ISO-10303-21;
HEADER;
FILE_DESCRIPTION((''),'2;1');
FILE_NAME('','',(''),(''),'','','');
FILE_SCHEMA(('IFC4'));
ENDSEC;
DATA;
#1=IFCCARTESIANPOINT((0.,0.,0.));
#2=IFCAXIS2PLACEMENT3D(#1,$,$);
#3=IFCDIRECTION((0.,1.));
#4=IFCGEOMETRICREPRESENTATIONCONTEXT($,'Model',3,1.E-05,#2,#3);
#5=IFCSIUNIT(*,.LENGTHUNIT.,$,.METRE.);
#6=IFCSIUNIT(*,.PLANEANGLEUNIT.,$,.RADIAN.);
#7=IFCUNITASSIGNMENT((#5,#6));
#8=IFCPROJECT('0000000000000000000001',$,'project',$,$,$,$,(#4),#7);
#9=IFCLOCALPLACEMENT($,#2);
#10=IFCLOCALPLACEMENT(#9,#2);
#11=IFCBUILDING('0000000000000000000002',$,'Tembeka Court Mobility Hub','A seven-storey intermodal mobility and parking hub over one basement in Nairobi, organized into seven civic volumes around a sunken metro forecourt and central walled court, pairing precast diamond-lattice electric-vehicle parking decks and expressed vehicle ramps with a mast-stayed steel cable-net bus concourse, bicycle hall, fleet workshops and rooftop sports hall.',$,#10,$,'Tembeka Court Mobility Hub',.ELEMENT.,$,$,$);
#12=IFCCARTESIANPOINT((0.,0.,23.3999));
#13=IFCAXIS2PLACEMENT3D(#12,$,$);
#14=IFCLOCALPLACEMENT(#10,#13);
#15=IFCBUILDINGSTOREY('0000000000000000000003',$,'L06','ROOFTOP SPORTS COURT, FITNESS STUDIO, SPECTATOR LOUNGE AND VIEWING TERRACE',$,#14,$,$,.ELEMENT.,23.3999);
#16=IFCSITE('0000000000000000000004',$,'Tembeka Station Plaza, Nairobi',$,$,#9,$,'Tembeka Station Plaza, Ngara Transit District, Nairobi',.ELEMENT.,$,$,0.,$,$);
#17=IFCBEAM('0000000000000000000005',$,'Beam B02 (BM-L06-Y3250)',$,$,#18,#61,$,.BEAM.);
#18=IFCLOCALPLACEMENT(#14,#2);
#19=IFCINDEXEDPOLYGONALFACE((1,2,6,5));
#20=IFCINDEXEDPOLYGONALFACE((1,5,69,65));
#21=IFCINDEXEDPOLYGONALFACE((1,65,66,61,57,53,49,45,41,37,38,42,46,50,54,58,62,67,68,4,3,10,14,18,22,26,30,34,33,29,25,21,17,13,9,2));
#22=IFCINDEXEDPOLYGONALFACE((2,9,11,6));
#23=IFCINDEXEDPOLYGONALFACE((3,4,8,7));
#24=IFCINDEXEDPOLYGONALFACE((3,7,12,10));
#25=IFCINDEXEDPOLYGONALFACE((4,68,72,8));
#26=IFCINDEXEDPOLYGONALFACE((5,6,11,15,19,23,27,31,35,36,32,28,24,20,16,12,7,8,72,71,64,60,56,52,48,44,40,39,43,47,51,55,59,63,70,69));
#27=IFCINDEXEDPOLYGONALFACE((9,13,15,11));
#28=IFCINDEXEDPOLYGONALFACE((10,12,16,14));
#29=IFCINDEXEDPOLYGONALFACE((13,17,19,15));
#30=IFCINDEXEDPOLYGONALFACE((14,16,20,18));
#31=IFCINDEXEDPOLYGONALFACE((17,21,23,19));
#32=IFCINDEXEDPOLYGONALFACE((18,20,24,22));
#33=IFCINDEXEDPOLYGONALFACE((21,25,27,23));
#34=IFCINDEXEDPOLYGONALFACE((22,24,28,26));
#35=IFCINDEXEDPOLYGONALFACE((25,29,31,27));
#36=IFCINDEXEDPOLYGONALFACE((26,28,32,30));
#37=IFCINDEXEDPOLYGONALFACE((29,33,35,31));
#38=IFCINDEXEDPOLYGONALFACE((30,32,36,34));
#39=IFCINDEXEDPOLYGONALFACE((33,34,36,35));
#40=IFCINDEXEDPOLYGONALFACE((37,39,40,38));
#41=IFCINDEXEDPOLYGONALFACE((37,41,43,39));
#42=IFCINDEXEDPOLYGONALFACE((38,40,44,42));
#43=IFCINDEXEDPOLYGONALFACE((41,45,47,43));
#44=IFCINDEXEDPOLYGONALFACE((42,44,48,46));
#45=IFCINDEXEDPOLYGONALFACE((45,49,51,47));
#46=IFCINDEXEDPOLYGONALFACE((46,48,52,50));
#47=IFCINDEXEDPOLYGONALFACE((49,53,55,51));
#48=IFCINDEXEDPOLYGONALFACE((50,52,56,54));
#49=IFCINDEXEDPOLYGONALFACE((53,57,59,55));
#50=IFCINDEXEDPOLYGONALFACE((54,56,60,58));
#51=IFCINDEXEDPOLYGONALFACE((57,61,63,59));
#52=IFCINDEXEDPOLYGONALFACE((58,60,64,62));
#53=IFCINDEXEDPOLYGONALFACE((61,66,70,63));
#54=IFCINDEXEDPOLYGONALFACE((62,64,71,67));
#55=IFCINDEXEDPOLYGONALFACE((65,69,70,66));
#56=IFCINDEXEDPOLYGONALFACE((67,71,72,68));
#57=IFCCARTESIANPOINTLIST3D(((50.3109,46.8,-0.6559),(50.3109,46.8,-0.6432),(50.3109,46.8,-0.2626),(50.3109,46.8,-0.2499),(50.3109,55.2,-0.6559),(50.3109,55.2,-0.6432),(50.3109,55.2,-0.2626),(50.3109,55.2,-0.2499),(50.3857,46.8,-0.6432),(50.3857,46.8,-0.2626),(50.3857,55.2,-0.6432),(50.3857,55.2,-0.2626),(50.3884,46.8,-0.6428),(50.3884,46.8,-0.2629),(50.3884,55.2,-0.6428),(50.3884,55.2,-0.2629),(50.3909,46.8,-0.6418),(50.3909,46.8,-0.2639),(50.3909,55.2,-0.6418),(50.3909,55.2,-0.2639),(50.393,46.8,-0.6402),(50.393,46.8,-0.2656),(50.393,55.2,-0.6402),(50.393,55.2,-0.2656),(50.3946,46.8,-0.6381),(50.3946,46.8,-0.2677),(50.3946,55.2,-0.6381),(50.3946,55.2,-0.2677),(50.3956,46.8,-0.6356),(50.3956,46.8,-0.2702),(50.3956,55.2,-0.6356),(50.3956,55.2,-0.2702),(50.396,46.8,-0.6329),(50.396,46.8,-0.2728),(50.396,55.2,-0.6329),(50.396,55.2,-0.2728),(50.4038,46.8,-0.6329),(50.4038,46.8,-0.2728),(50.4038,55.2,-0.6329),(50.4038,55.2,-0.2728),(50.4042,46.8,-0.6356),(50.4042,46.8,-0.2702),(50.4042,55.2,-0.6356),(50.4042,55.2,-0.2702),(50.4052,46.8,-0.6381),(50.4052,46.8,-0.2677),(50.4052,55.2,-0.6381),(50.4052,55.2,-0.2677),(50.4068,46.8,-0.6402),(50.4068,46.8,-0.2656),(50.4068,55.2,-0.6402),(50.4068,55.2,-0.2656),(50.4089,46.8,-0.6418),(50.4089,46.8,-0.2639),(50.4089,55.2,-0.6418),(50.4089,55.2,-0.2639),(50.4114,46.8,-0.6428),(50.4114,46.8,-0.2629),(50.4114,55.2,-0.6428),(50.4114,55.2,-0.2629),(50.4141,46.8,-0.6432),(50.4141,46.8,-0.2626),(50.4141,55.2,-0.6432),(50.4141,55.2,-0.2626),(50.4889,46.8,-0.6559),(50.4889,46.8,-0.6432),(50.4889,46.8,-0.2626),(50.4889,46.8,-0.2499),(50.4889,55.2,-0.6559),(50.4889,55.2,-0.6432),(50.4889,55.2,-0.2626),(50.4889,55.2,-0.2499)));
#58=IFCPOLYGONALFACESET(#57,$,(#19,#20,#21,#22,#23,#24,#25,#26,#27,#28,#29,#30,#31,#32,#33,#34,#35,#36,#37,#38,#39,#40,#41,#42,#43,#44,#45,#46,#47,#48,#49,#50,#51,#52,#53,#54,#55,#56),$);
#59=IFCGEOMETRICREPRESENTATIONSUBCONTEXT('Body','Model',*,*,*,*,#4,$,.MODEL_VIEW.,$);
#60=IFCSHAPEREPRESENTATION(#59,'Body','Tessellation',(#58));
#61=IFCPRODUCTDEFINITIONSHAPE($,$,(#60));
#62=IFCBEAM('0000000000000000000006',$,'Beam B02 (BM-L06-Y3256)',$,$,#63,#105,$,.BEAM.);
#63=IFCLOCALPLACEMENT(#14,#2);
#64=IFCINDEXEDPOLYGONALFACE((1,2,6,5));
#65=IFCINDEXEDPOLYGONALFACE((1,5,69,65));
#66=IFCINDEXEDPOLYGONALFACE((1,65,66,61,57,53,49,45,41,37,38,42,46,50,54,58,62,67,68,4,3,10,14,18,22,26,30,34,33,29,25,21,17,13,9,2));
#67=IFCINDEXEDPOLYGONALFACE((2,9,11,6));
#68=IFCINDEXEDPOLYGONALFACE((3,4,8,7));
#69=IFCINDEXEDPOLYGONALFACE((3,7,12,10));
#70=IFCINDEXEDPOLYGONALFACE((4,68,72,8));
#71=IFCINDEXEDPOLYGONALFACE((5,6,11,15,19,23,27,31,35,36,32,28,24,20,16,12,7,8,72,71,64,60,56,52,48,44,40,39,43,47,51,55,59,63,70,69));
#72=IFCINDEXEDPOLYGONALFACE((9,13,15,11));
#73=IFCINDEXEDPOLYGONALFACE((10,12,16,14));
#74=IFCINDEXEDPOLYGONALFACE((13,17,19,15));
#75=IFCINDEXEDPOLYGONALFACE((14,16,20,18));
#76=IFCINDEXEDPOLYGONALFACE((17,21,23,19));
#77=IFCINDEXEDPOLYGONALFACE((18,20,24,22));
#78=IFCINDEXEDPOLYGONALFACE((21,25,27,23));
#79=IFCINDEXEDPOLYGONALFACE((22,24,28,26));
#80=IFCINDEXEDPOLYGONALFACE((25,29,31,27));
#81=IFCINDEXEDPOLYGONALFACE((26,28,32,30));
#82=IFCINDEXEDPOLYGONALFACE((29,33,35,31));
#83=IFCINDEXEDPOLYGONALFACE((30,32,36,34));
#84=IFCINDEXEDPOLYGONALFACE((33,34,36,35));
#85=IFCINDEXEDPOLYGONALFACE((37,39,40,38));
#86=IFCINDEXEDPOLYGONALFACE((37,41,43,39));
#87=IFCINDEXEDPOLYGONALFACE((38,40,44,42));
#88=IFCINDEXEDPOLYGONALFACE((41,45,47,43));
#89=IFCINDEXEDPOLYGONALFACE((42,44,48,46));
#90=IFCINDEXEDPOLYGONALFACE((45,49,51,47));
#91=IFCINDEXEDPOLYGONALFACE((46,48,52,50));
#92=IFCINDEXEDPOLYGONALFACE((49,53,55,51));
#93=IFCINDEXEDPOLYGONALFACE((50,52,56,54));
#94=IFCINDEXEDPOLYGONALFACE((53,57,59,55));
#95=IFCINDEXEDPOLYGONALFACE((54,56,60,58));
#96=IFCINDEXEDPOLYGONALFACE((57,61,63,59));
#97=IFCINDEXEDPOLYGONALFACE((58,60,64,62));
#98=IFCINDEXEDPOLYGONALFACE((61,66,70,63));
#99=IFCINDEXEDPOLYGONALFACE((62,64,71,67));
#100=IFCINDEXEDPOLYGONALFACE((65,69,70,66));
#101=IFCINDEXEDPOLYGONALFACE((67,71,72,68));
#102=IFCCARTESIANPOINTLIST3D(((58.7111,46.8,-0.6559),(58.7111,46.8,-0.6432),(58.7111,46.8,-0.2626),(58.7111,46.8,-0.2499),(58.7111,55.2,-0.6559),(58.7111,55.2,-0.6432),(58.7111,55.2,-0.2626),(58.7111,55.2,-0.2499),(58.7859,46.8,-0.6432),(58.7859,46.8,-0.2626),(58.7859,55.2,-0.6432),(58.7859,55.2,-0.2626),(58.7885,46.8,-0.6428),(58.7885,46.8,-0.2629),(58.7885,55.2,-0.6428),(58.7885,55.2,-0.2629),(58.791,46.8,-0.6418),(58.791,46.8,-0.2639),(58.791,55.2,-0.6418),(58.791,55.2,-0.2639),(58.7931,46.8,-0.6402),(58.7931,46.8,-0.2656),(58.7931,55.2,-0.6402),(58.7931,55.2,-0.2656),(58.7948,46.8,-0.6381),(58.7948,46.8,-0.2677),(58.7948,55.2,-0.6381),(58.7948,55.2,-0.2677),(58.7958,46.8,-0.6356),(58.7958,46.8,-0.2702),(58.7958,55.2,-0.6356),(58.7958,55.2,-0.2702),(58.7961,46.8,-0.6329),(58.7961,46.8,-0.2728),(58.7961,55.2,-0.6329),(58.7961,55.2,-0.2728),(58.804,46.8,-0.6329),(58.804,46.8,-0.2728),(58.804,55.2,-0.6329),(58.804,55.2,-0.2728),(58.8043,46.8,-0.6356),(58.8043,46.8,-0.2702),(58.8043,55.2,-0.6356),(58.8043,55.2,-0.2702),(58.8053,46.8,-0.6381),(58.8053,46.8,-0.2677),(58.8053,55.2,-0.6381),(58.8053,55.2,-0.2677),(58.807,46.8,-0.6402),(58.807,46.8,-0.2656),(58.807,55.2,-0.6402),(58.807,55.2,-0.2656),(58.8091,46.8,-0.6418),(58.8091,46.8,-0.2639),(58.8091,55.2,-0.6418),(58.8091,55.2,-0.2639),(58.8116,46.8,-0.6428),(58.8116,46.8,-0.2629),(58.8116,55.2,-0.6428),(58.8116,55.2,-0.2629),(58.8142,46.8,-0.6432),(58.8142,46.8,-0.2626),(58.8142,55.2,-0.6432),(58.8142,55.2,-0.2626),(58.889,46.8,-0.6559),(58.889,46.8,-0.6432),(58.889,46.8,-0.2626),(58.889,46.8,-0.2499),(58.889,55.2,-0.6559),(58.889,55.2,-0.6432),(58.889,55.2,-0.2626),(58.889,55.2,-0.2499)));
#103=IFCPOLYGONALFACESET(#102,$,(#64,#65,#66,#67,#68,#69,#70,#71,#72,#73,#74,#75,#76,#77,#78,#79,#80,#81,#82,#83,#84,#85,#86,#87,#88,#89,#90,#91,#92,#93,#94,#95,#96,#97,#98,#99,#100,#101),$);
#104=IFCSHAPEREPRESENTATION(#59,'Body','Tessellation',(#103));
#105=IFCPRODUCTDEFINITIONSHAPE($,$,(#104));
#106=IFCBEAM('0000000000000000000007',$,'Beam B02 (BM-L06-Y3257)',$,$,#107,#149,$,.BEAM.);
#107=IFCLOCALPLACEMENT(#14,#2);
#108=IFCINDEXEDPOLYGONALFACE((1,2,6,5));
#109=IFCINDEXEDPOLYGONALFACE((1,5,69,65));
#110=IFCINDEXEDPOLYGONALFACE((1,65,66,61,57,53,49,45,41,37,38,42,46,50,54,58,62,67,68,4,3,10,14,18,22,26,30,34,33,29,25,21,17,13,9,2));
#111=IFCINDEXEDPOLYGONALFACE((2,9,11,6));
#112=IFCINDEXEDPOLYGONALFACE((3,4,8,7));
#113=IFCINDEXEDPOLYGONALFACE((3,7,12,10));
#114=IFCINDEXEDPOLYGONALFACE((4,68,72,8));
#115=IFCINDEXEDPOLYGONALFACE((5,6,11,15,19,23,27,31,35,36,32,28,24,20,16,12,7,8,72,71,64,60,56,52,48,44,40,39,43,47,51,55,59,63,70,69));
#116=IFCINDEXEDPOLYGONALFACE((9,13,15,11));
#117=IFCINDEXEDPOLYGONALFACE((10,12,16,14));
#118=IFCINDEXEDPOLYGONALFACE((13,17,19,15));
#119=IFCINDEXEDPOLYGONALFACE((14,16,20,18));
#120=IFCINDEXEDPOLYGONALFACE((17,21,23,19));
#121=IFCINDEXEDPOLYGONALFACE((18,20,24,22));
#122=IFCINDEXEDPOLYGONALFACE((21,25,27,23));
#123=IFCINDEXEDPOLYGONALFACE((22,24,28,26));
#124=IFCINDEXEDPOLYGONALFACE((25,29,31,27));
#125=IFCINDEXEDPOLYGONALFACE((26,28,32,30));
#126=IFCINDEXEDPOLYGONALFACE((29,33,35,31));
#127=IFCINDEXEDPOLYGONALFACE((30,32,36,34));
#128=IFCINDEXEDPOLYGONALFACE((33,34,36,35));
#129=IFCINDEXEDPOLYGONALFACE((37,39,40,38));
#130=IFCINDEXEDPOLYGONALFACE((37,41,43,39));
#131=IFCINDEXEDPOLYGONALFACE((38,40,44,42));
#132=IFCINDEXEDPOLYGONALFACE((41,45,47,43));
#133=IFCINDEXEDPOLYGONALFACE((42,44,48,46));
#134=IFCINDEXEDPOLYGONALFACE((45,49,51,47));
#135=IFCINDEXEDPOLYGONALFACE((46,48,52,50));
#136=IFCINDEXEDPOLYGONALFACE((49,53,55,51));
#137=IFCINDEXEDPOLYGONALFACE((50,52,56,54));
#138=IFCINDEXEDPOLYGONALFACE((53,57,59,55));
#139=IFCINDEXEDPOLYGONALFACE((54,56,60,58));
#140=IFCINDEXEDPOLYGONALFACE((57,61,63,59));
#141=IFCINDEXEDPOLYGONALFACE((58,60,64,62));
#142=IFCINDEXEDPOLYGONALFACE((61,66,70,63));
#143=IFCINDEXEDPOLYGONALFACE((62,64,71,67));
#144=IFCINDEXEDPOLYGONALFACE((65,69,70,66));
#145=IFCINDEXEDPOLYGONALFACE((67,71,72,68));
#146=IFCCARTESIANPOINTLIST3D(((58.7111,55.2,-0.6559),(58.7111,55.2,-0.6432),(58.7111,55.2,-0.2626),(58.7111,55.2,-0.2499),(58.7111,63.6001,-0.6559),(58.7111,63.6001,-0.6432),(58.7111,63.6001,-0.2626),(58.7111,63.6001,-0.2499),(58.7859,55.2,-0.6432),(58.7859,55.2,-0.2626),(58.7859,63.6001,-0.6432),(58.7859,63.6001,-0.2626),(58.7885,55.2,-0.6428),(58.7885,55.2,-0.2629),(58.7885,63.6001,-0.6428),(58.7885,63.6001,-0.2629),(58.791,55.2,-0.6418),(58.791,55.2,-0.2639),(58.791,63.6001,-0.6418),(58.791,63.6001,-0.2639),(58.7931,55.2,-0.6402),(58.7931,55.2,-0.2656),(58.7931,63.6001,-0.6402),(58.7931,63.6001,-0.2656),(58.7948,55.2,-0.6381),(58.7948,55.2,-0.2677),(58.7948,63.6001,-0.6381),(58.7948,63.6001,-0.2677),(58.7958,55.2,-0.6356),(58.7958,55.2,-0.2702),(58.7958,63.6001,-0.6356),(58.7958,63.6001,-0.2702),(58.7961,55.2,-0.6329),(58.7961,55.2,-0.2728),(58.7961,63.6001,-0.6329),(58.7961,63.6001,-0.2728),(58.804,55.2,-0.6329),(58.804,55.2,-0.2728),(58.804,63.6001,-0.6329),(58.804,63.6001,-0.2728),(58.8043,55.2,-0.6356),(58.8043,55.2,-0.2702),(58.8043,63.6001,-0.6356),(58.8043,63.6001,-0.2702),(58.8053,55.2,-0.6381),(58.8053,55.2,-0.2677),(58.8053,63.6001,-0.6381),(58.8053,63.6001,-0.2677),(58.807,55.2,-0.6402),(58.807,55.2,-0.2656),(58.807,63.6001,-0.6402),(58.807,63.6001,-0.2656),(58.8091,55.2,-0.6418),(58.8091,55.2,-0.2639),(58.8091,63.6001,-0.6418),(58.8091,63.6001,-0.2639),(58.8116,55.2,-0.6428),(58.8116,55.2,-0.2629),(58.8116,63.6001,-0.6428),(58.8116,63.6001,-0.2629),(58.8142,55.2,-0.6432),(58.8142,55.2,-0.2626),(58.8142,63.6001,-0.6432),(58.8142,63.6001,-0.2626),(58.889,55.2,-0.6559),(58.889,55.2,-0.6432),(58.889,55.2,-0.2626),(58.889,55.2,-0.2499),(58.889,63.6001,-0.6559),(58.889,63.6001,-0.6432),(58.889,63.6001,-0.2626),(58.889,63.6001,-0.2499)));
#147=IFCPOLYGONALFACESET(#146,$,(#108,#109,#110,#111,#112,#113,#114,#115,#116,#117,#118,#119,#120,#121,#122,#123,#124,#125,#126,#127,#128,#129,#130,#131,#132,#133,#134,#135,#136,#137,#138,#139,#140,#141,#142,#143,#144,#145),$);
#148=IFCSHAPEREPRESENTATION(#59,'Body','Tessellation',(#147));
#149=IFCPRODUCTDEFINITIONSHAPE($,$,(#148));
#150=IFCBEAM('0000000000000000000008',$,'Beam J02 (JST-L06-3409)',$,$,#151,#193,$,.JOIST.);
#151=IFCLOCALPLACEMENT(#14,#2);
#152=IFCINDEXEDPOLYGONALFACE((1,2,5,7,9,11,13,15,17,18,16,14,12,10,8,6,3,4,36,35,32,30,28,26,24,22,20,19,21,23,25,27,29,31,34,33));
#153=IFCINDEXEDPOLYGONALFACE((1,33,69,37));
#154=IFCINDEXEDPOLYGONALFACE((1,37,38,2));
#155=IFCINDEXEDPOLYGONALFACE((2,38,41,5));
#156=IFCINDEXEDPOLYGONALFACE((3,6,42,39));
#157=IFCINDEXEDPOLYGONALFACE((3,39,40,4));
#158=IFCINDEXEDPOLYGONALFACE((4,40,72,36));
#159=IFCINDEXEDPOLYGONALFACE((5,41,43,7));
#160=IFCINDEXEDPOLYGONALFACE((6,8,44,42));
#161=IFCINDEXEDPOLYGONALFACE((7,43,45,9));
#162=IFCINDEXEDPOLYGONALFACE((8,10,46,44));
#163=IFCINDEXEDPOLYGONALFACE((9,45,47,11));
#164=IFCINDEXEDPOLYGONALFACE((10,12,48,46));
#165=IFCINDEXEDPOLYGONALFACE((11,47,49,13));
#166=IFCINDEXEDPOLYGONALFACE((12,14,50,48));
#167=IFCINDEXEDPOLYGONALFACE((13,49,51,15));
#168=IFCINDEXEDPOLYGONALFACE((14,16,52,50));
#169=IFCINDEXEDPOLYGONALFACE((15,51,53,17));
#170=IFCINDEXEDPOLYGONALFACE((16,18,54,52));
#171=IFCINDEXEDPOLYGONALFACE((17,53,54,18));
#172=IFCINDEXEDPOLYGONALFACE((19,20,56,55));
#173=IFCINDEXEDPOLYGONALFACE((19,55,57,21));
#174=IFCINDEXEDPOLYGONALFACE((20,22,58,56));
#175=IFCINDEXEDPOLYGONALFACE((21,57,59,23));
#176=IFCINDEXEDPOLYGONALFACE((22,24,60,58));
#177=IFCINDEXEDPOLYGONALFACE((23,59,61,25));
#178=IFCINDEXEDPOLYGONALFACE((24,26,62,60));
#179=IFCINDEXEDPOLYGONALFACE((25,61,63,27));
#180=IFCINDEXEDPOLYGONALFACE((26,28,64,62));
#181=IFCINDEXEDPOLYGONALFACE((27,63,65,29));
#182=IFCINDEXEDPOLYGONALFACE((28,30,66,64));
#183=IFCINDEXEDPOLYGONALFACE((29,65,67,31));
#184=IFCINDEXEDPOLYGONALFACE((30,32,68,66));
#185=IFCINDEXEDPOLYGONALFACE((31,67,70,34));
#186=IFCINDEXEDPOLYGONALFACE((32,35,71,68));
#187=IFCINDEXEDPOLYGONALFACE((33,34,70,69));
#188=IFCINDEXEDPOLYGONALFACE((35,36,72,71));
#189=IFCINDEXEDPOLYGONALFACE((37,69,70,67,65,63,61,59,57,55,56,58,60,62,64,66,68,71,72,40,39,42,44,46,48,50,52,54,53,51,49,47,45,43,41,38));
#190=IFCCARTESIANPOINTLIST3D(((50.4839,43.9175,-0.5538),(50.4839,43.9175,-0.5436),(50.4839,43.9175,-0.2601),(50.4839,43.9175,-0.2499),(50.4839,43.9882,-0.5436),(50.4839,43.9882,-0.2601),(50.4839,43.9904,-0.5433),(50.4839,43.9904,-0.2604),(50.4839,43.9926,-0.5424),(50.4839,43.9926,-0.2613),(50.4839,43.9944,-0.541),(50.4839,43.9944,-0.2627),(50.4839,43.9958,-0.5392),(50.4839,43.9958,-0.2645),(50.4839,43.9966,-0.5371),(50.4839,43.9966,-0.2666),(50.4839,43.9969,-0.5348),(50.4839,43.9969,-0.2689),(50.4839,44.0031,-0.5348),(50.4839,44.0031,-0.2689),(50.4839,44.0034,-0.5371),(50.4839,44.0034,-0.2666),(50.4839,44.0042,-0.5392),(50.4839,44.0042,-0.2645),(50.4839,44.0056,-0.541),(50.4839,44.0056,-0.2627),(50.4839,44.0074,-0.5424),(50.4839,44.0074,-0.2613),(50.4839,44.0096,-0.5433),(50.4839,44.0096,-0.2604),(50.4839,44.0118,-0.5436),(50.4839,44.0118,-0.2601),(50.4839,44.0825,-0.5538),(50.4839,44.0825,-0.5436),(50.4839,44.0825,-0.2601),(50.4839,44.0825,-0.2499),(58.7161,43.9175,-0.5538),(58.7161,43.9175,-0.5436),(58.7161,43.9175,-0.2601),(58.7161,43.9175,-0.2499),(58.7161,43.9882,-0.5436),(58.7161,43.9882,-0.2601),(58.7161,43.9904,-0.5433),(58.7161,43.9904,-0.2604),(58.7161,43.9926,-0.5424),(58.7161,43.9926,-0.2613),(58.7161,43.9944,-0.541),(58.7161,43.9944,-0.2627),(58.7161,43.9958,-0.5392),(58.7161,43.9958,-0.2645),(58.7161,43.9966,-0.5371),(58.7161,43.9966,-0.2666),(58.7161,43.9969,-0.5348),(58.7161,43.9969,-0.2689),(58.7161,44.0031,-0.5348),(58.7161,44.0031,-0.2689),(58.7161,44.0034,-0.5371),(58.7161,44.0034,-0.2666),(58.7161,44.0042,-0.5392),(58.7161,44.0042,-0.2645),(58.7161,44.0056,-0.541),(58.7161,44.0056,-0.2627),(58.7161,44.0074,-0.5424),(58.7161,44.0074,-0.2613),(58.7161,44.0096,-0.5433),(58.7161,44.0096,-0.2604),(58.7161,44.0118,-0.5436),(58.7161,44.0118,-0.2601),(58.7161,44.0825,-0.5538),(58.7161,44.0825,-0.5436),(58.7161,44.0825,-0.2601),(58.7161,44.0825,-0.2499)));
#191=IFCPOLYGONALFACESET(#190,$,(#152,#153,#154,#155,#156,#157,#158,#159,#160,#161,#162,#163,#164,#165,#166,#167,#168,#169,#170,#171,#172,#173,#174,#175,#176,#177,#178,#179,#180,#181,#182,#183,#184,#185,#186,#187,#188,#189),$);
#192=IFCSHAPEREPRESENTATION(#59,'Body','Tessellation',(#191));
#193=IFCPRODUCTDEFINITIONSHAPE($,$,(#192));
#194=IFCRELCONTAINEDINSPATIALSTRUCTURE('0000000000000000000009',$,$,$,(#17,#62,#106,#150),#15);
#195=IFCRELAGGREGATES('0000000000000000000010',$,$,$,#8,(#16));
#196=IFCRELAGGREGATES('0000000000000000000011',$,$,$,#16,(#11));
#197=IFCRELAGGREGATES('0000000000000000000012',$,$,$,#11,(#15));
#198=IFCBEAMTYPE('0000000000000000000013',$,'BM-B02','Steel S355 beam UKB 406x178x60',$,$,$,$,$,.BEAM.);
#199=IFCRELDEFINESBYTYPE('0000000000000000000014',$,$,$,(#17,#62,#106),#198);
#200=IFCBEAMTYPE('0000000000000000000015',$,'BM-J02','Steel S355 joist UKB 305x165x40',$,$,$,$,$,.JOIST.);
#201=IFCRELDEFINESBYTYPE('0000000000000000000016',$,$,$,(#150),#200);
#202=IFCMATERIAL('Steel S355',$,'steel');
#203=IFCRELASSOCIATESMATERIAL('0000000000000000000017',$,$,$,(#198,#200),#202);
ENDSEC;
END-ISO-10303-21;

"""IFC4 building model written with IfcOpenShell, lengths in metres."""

from ifc_helpers import new_model, si_unit, direction, frame, origin, origin_2d, place, context, subcontext, project, spatial, i_section, extrude, material, material_profile, profile_set, type_object, element, save


model = new_model("IFC4")

# Units and contexts
model_context = context("Model", 3, precision=1e-05, world=origin(), true_north=direction((0.0, 1.0)))
body_context = subcontext(model_context, "Body", "Model", "MODEL_VIEW")
ifc_project = project(units=[si_unit("LENGTHUNIT", "METRE"), si_unit("PLANEANGLEUNIT", "RADIAN")], contexts=[model_context])

# Site, building, storey
site_placement = place(None, origin())
site = spatial("IfcSite", under=ifc_project, at=site_placement, Name="Tembeka Station Plaza, Nairobi", LongName="Tembeka Station Plaza, Ngara Transit District, Nairobi", CompositionType="ELEMENT", RefElevation=0.0)
building_placement = place(site_placement, origin())
building = spatial("IfcBuilding", under=site, at=building_placement, Name="Tembeka Court Mobility Hub", Description="A seven-storey intermodal mobility and parking hub over one basement in Nairobi, organized into seven civic volumes around a sunken metro forecourt and central walled court, pairing precast diamond-lattice electric-vehicle parking decks and expressed vehicle ramps with a mast-stayed steel cable-net bus concourse, bicycle hall, fleet workshops and rooftop sports hall.", LongName="Tembeka Court Mobility Hub", CompositionType="ELEMENT")
storey_placement = place(building_placement, frame((0.0, 0.0, 23.3999)))
storey = spatial("IfcBuildingStorey", under=building, at=storey_placement, Name="L06", Description="ROOFTOP SPORTS COURT, FITNESS STUDIO, SPECTATOR LOUNGE AND VIEWING TERRACE", CompositionType="ELEMENT", Elevation=23.3999)

# Shared definitions
ifc_material_1 = material(Name="Steel S355", Category="steel")

# Beams
ifc_material_profile_1 = material_profile(ifc_material_1, i_section(OverallWidth=0.178, OverallDepth=0.406, WebThickness=0.0078, FlangeThickness=0.0127, FilletRadius=0.0103, at=origin_2d()), Name="UKB 406x178x60")
ifc_profile_set_1 = profile_set([ifc_material_profile_1], Name="Steel S355")
beam_type_1 = type_object("IfcBeamType", Name="BM-B02", Description="Steel S355 beam UKB 406x178x60", PredefinedType="BEAM", material=ifc_profile_set_1)
for number, where, z_axis, x_axis, name in (
    (1, (50.3999, 46.8, -0.4529), (0.0, 1.0, 0.0), (-1.0, 0.0, 0.0), "Beam B02 (BM-L06-Y3250)"),
    (2, (58.8, 46.8, -0.4529), (0.0, 1.0, 0.0), (-1.0, 0.0, 0.0), "Beam B02 (BM-L06-Y3256)"),
):
    element("IfcBeam", number, at=place(storey_placement, frame(where, z_axis=z_axis, x_axis=x_axis)), inside=storey, type_object=beam_type_1, Name=name, PredefinedType="BEAM", context=body_context, shape_type="SweptSolid", body=[
        extrude(i_section(OverallWidth=0.178, OverallDepth=0.406, WebThickness=0.0078, FlangeThickness=0.0127, FilletRadius=0.0103, at=origin_2d()), origin(), (0.0, 0.0, 1.0), 8.3999),
    ])
beam_1_placement = place(storey_placement, frame((58.8, 55.2, -0.4529), z_axis=(0.0, 1.0, 0.0), x_axis=(-1.0, 0.0, 0.0)))
element("IfcBeam", 3, at=beam_1_placement, inside=storey, type_object=beam_type_1, Name="Beam B02 (BM-L06-Y3257)", PredefinedType="BEAM", context=body_context, shape_type="SweptSolid", body=[
    extrude(i_section(OverallWidth=0.178, OverallDepth=0.406, WebThickness=0.0078, FlangeThickness=0.0127, FilletRadius=0.0103, at=origin_2d()), origin(), (0.0, 0.0, 1.0), 8.4001),
])
ifc_material_profile_2 = material_profile(ifc_material_1, i_section(OverallWidth=0.165, OverallDepth=0.304, WebThickness=0.0061, FlangeThickness=0.0103, FilletRadius=0.0088, at=origin_2d()), Name="UKB 305x165x40")
ifc_profile_set_2 = profile_set([ifc_material_profile_2], Name="Steel S355")
beam_type_2 = type_object("IfcBeamType", Name="BM-J02", Description="Steel S355 joist UKB 305x165x40", PredefinedType="JOIST", material=ifc_profile_set_2)
for number, where, z_axis, x_axis, name in (
    (4, (50.4839, 44.0, -0.4019), (1.0, 0.0, 0.0), (0.0, 1.0, 0.0), "Beam J02 (JST-L06-3409)"),
):
    element("IfcBeam", number, at=place(storey_placement, frame(where, z_axis=z_axis, x_axis=x_axis)), inside=storey, type_object=beam_type_2, Name=name, PredefinedType="JOIST", context=body_context, shape_type="SweptSolid", body=[
        extrude(i_section(OverallWidth=0.165, OverallDepth=0.304, WebThickness=0.0061, FlangeThickness=0.0103, FilletRadius=0.0088, at=origin_2d()), origin(), (0.0, 0.0, 1.0), 8.2322),
    ])

save(model, "model.ifc")
